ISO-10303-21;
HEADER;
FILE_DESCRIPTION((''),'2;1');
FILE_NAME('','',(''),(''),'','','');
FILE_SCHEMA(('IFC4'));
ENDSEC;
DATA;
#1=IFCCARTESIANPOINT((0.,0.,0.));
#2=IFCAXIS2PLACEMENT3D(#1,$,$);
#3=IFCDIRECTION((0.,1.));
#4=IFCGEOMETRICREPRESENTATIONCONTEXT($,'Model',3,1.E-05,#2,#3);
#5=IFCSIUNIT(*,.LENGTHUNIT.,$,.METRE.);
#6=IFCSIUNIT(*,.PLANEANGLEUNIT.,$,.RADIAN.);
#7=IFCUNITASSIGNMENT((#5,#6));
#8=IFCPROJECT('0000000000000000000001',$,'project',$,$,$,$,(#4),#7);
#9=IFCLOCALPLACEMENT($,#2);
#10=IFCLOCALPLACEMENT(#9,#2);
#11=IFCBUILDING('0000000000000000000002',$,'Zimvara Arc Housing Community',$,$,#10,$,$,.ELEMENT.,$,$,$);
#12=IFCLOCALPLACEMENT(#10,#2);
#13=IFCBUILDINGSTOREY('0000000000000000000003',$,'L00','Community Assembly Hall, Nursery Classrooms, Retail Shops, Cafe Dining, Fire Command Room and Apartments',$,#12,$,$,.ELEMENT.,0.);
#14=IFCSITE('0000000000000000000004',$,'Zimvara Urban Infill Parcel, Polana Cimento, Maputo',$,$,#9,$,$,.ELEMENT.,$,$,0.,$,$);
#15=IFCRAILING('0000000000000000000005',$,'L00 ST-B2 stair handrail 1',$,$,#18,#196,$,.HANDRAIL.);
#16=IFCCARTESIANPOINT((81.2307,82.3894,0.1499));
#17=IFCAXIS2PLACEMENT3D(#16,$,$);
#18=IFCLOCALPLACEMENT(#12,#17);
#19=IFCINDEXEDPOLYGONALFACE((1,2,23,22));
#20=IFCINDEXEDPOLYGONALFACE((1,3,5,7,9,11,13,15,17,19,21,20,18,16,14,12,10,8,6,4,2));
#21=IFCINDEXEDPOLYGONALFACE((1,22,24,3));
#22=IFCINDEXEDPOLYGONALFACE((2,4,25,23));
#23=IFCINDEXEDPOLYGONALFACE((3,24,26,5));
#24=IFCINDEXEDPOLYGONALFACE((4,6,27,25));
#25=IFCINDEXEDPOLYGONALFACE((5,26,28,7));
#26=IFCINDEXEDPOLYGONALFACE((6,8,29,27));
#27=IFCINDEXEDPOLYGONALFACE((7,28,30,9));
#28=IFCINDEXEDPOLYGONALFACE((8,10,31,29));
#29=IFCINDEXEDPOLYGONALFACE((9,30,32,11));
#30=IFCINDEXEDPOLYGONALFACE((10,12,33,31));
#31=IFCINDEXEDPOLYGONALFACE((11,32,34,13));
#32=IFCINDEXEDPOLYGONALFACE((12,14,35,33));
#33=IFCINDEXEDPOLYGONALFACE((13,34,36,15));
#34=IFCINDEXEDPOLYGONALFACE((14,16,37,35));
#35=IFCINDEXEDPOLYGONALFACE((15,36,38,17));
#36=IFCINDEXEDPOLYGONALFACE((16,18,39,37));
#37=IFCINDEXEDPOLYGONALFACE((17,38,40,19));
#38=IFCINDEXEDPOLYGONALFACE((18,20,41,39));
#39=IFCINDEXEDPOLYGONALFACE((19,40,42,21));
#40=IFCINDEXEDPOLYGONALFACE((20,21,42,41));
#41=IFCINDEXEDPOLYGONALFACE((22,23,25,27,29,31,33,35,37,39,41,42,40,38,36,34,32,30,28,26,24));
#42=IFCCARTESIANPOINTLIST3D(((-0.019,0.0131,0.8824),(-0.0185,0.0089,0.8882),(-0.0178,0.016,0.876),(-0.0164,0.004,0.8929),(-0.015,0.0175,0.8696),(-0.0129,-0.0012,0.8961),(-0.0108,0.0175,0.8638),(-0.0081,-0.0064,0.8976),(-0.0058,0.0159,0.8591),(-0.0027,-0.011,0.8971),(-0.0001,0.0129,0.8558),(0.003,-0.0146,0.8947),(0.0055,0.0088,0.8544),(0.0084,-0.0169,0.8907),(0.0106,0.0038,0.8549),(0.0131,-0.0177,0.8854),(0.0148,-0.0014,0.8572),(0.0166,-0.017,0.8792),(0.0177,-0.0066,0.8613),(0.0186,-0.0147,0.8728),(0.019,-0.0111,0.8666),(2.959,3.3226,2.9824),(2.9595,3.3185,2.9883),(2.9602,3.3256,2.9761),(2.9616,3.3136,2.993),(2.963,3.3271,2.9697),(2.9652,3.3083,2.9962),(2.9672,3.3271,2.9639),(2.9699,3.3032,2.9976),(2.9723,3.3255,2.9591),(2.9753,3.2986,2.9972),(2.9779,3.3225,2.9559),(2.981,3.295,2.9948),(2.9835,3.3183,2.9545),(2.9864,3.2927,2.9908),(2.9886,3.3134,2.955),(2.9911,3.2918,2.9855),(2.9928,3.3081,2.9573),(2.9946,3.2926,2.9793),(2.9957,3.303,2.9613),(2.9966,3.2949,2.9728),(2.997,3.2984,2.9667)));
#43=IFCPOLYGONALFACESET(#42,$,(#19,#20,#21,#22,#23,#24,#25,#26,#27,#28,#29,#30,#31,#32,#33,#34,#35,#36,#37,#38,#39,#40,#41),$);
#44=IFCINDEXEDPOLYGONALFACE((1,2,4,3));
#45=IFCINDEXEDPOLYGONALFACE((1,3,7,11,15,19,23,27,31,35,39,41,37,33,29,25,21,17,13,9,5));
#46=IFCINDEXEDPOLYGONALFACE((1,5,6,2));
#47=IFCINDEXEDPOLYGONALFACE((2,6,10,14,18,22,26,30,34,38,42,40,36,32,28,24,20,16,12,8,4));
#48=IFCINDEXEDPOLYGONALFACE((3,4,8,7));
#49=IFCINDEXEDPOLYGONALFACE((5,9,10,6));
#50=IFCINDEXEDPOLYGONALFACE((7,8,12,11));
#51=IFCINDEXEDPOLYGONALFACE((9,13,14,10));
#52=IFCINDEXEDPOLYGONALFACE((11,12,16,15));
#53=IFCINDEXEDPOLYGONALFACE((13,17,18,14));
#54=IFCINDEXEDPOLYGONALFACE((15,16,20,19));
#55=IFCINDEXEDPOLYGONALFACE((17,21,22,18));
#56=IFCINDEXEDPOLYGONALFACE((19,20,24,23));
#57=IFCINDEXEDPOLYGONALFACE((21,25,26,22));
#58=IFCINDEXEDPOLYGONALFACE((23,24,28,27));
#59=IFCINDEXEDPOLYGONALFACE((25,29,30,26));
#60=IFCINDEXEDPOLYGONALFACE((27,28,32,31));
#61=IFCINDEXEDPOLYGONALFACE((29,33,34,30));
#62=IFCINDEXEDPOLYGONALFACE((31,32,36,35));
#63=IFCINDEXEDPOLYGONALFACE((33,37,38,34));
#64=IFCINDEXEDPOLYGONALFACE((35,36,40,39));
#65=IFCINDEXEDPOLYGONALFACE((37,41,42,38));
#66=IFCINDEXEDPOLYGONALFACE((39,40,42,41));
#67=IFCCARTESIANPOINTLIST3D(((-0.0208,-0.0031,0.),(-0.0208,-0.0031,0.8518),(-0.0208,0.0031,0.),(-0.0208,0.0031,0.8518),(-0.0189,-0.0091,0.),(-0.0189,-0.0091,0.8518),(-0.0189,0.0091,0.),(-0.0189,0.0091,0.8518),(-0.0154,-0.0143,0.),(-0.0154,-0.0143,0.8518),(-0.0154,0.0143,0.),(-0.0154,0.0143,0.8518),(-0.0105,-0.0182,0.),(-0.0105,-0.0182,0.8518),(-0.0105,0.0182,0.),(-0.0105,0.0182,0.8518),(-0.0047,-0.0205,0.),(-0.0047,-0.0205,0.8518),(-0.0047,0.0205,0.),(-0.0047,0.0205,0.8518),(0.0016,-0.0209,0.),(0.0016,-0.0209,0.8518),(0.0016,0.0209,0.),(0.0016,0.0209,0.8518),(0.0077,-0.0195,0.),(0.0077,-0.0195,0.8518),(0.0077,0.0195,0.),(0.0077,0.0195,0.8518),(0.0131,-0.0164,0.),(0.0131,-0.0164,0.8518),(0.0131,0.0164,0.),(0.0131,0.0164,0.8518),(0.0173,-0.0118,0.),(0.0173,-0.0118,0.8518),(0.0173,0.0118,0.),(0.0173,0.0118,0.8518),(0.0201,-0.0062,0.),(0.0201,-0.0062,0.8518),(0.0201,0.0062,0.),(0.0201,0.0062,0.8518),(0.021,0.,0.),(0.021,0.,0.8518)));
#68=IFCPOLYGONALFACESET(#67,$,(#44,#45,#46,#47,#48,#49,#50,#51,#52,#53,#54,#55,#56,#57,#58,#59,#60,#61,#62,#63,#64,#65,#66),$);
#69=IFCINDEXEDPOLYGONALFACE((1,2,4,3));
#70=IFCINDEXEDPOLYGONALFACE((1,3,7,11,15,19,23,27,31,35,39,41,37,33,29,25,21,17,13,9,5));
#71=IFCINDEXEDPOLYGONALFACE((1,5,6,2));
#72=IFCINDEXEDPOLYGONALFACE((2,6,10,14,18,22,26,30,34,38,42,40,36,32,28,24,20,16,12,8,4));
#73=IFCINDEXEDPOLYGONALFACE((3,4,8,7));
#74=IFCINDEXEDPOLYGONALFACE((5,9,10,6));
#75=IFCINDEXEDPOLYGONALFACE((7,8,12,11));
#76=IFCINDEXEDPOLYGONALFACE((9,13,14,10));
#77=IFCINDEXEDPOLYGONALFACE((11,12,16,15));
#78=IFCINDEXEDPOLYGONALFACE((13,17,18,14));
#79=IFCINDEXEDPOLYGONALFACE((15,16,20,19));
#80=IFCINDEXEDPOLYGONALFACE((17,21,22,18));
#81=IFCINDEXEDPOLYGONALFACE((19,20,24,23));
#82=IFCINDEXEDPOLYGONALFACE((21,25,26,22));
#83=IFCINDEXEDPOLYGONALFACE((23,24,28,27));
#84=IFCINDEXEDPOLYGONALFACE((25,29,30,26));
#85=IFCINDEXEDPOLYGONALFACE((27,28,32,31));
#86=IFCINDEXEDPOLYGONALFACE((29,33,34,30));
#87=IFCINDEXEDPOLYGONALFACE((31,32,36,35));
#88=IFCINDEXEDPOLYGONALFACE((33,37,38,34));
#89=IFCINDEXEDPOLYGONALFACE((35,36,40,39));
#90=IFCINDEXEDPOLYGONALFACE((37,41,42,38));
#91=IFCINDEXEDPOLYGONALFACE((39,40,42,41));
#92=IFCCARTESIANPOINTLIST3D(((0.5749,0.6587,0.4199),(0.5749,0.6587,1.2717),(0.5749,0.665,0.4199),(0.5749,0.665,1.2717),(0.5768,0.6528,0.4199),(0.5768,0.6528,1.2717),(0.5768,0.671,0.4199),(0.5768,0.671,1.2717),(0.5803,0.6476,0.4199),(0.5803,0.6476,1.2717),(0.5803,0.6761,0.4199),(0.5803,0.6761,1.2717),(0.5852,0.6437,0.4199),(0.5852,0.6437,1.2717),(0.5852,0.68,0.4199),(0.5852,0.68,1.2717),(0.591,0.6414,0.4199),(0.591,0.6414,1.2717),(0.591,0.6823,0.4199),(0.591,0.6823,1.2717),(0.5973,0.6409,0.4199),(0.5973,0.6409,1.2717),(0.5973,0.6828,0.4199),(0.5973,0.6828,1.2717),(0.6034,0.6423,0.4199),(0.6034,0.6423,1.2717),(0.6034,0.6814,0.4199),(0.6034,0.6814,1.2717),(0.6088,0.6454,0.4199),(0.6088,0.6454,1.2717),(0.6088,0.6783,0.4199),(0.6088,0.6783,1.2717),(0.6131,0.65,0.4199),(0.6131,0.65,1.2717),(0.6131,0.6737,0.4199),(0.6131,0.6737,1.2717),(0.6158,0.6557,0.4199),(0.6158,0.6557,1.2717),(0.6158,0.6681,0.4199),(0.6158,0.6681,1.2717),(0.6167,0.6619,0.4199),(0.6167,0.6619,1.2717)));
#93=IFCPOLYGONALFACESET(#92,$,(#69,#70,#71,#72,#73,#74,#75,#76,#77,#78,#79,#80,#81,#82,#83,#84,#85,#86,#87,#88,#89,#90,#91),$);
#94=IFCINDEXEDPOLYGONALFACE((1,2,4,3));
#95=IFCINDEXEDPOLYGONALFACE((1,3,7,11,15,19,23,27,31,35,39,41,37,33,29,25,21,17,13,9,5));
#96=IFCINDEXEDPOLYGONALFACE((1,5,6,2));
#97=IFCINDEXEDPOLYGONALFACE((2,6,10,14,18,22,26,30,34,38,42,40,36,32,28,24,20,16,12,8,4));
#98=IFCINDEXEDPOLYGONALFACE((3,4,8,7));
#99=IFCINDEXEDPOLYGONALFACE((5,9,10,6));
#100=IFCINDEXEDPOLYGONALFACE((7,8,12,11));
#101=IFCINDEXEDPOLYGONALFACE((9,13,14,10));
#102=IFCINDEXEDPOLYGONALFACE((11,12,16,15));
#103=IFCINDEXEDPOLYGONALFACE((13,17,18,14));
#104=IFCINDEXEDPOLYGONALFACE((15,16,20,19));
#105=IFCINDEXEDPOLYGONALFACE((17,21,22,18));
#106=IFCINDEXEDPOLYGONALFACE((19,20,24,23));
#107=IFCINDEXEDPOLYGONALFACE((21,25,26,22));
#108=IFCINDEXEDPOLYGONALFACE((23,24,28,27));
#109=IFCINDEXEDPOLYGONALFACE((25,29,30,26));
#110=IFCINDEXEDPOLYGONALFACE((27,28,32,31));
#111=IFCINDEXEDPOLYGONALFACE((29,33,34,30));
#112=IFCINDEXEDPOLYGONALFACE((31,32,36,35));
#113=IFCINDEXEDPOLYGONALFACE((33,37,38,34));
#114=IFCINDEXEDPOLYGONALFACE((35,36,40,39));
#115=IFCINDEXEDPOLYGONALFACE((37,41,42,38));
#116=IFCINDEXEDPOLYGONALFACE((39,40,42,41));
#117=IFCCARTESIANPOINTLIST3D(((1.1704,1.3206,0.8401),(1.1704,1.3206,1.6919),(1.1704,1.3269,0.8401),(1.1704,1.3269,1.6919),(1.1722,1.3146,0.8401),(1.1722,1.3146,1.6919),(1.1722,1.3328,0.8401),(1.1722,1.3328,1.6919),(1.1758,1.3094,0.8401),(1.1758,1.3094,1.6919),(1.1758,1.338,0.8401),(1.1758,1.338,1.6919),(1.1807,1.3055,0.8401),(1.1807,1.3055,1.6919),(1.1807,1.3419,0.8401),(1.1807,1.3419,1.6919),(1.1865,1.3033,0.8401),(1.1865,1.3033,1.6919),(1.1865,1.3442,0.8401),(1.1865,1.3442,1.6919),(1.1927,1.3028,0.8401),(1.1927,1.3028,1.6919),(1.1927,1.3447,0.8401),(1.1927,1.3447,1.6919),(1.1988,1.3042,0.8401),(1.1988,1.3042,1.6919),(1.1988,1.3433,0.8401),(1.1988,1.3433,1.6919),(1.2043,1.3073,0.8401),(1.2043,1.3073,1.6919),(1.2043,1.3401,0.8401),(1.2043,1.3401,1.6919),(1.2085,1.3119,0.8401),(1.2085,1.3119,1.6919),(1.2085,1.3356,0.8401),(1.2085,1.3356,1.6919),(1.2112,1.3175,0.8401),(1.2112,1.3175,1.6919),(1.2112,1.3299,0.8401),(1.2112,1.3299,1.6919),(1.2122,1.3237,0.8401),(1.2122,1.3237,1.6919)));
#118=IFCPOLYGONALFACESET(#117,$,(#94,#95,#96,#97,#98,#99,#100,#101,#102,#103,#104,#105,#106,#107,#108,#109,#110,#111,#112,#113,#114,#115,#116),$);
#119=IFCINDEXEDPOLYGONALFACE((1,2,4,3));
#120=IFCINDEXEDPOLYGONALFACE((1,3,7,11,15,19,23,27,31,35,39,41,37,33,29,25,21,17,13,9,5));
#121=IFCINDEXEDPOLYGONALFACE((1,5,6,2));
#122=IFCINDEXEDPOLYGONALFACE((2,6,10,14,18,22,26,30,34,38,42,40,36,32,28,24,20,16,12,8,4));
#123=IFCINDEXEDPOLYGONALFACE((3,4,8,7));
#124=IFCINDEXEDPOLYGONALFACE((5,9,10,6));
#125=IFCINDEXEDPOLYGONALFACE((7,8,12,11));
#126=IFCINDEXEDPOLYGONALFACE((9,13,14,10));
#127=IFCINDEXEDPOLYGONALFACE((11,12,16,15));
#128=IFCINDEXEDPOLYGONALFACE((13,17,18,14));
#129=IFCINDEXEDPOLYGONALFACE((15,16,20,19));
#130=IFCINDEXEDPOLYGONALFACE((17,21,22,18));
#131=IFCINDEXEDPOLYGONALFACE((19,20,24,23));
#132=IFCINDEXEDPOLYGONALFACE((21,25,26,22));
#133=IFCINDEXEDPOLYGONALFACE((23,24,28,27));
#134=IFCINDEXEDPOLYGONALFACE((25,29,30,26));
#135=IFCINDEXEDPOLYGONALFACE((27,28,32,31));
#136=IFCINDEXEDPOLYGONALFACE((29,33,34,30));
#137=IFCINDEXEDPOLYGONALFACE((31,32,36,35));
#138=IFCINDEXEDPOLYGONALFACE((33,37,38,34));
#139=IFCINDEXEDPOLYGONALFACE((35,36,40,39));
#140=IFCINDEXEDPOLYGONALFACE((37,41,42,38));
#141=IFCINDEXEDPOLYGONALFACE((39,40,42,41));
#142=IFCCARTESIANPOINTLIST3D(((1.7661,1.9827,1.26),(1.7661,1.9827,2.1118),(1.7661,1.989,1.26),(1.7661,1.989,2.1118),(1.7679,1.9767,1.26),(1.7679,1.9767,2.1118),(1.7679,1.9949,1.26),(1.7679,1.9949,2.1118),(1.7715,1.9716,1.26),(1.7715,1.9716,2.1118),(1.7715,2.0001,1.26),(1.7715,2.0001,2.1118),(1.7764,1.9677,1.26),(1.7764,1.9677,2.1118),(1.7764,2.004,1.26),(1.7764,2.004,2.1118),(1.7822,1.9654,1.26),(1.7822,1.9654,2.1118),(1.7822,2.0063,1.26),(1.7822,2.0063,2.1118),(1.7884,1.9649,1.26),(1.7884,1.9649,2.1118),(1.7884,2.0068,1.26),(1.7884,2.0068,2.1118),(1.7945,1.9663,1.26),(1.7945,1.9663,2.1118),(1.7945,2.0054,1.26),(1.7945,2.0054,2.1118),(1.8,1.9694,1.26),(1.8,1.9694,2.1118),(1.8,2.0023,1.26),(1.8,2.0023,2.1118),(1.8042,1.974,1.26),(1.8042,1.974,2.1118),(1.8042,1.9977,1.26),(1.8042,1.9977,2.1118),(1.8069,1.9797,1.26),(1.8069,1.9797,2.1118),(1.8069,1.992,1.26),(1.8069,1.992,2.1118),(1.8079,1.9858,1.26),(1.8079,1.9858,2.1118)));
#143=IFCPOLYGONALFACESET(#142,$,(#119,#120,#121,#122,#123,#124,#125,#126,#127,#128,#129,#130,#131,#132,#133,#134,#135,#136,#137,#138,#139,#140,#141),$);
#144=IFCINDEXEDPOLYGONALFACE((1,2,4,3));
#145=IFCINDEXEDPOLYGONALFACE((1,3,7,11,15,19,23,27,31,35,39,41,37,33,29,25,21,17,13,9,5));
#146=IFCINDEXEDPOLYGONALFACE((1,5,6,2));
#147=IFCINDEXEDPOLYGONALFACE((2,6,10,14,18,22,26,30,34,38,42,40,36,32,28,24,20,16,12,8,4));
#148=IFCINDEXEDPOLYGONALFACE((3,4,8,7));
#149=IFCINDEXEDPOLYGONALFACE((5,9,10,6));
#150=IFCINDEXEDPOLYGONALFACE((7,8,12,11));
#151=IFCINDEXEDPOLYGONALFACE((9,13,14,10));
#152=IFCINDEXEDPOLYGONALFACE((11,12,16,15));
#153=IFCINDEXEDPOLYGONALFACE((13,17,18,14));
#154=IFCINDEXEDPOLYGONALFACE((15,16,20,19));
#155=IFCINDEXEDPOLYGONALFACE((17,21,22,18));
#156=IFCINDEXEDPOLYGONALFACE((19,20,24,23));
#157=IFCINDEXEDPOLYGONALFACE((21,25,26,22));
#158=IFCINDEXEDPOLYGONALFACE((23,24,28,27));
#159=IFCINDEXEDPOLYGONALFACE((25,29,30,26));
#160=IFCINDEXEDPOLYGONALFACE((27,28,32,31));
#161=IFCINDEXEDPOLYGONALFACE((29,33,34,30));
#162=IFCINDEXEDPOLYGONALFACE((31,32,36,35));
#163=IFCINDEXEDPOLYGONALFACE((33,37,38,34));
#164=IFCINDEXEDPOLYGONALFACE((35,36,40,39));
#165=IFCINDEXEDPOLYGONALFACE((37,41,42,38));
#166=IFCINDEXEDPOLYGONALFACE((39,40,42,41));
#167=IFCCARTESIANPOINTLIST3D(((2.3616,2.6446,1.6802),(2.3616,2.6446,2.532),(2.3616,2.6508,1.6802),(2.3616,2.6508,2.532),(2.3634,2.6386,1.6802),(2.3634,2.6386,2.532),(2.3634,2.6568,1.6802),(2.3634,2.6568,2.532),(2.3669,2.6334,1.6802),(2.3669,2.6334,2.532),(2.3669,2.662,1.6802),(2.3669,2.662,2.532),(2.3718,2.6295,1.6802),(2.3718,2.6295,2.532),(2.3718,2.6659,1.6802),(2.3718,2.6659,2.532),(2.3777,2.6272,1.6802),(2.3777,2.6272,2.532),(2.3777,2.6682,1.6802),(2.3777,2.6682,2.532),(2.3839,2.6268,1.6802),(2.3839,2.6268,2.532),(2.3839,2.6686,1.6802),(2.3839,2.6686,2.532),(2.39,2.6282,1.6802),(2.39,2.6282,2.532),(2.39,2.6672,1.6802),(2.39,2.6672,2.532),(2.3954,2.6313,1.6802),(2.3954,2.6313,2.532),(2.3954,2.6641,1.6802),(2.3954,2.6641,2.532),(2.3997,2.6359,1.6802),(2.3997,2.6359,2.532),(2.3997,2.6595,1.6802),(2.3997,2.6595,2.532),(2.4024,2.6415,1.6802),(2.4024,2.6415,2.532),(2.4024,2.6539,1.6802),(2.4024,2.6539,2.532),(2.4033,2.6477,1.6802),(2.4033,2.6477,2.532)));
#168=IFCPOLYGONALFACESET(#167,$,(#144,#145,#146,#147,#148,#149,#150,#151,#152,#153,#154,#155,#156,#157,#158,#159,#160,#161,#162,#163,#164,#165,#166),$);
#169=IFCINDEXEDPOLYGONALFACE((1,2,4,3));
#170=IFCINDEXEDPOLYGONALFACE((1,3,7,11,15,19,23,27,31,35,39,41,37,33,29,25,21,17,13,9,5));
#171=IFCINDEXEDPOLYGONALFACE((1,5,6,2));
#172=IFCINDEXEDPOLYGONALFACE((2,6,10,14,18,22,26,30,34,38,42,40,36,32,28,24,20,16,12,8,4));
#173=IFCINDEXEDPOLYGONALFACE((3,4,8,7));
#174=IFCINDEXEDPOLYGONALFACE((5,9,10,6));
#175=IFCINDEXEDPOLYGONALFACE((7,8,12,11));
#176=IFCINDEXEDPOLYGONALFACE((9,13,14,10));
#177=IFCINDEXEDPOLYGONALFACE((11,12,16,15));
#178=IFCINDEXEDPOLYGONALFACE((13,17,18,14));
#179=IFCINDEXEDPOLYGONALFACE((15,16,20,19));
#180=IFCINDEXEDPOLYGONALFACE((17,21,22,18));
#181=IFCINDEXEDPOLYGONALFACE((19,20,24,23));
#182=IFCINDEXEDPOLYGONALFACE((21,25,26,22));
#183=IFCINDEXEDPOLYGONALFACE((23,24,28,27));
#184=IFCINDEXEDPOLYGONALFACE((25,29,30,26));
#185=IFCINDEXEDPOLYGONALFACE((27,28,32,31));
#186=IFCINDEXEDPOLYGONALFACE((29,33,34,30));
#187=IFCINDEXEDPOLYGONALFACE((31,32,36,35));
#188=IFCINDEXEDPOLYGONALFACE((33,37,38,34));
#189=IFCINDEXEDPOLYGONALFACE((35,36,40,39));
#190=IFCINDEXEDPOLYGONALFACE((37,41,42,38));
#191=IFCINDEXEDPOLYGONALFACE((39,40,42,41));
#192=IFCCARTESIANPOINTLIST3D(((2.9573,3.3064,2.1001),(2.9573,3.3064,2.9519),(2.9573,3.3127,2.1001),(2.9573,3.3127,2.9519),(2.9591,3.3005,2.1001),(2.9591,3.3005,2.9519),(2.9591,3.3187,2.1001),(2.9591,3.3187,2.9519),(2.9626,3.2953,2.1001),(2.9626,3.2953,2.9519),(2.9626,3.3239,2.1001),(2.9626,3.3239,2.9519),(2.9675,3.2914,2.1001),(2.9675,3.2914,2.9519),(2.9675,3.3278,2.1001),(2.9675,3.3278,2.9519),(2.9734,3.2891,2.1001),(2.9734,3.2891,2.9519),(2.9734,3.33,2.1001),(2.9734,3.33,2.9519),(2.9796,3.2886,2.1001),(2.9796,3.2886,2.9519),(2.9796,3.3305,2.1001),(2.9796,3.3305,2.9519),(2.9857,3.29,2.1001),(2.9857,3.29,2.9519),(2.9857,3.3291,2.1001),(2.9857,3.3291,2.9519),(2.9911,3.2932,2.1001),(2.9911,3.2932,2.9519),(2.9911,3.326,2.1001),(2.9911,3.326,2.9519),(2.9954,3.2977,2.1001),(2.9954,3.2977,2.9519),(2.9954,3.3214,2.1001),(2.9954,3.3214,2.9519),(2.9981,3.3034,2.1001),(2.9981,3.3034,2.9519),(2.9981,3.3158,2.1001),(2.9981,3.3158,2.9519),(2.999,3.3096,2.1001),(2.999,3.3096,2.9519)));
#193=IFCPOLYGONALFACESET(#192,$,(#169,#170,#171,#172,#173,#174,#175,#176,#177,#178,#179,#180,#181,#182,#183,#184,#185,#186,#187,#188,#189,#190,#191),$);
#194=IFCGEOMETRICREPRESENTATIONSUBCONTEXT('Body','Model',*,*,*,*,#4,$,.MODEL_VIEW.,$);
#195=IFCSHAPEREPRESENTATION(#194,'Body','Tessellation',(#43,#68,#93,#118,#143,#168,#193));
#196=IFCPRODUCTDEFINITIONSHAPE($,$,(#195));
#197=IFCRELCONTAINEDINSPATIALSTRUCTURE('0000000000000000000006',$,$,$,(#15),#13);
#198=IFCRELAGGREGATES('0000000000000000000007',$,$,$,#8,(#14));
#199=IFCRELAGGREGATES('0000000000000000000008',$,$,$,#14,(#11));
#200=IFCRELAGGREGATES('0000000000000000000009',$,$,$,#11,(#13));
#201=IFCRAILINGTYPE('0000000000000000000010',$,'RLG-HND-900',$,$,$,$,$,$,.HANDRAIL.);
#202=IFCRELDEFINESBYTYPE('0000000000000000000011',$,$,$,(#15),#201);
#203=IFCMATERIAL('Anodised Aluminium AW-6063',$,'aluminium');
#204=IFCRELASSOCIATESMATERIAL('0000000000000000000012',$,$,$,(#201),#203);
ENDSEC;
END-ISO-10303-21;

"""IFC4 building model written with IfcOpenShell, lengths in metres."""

from ifc_helpers import new_model, si_unit, direction, frame, origin, origin_2d, place, context, subcontext, project, spatial, circle, extrude, material, type_object, element, save


model = new_model("IFC4")

# Units and contexts
model_context = context("Model", 3, precision=1e-05, world=origin(), true_north=direction((0.0, 1.0)))
body_context = subcontext(model_context, "Body", "Model", "MODEL_VIEW")
ifc_project = project(units=[si_unit("LENGTHUNIT", "METRE"), si_unit("PLANEANGLEUNIT", "RADIAN")], contexts=[model_context])

# Site, building, storey
site_placement = place(None, origin())
site = spatial("IfcSite", under=ifc_project, at=site_placement, Name="Zimvara Urban Infill Parcel, Polana Cimento, Maputo", CompositionType="ELEMENT", RefElevation=0.0)
building_placement = place(site_placement, origin())
building = spatial("IfcBuilding", under=site, at=building_placement, Name="Zimvara Arc Housing Community", CompositionType="ELEMENT")
storey_placement = place(building_placement, origin())
storey = spatial("IfcBuildingStorey", under=building, at=storey_placement, Name="L00", Description="Community Assembly Hall, Nursery Classrooms, Retail Shops, Cafe Dining, Fire Command Room and Apartments", CompositionType="ELEMENT", Elevation=0.0)

# Railing
ifc_material_1 = material(Name="Anodised Aluminium AW-6063", Category="aluminium")
railing_type_1 = type_object("IfcRailingType", Name="RLG-HND-900", PredefinedType="HANDRAIL", material=ifc_material_1)
railing_1_placement = place(storey_placement, frame((81.2307, 82.3894, 0.1499)))
element("IfcRailing", 1, at=railing_1_placement, inside=storey, type_object=railing_type_1, Name="L00 ST-B2 stair handrail 1", PredefinedType="HANDRAIL", context=body_context, shape_type="SweptSolid", body=[
    extrude(circle(Radius=0.0239, at=origin_2d()), frame((0.0, 0.0, 0.876), z_axis=(0.604966, 0.672317, 0.426621), x_axis=(-0.74336, 0.668892, 0.0)), (0.0, 0.0, 1.0), 4.9226),
    extrude(circle(Radius=0.021, at=origin_2d()), origin(), (0.0, 0.0, 1.0), 0.8518),
    extrude(circle(Radius=0.021, at=origin_2d()), frame((0.5957, 0.6619, 0.4199)), (0.0, 0.0, 1.0), 0.8518),
    extrude(circle(Radius=0.021, at=origin_2d()), frame((1.1912, 1.3237, 0.8401)), (0.0, 0.0, 1.0), 0.8518),
    extrude(circle(Radius=0.021, at=origin_2d()), frame((1.7869, 1.9858, 1.26)), (0.0, 0.0, 1.0), 0.8518),
    extrude(circle(Radius=0.021, at=origin_2d()), frame((2.3823, 2.6477, 1.6802)), (0.0, 0.0, 1.0), 0.8518),
    extrude(circle(Radius=0.021, at=origin_2d()), frame((2.978, 3.3096, 2.1001)), (0.0, 0.0, 1.0), 0.8518),
])

save(model, "model.ifc")
